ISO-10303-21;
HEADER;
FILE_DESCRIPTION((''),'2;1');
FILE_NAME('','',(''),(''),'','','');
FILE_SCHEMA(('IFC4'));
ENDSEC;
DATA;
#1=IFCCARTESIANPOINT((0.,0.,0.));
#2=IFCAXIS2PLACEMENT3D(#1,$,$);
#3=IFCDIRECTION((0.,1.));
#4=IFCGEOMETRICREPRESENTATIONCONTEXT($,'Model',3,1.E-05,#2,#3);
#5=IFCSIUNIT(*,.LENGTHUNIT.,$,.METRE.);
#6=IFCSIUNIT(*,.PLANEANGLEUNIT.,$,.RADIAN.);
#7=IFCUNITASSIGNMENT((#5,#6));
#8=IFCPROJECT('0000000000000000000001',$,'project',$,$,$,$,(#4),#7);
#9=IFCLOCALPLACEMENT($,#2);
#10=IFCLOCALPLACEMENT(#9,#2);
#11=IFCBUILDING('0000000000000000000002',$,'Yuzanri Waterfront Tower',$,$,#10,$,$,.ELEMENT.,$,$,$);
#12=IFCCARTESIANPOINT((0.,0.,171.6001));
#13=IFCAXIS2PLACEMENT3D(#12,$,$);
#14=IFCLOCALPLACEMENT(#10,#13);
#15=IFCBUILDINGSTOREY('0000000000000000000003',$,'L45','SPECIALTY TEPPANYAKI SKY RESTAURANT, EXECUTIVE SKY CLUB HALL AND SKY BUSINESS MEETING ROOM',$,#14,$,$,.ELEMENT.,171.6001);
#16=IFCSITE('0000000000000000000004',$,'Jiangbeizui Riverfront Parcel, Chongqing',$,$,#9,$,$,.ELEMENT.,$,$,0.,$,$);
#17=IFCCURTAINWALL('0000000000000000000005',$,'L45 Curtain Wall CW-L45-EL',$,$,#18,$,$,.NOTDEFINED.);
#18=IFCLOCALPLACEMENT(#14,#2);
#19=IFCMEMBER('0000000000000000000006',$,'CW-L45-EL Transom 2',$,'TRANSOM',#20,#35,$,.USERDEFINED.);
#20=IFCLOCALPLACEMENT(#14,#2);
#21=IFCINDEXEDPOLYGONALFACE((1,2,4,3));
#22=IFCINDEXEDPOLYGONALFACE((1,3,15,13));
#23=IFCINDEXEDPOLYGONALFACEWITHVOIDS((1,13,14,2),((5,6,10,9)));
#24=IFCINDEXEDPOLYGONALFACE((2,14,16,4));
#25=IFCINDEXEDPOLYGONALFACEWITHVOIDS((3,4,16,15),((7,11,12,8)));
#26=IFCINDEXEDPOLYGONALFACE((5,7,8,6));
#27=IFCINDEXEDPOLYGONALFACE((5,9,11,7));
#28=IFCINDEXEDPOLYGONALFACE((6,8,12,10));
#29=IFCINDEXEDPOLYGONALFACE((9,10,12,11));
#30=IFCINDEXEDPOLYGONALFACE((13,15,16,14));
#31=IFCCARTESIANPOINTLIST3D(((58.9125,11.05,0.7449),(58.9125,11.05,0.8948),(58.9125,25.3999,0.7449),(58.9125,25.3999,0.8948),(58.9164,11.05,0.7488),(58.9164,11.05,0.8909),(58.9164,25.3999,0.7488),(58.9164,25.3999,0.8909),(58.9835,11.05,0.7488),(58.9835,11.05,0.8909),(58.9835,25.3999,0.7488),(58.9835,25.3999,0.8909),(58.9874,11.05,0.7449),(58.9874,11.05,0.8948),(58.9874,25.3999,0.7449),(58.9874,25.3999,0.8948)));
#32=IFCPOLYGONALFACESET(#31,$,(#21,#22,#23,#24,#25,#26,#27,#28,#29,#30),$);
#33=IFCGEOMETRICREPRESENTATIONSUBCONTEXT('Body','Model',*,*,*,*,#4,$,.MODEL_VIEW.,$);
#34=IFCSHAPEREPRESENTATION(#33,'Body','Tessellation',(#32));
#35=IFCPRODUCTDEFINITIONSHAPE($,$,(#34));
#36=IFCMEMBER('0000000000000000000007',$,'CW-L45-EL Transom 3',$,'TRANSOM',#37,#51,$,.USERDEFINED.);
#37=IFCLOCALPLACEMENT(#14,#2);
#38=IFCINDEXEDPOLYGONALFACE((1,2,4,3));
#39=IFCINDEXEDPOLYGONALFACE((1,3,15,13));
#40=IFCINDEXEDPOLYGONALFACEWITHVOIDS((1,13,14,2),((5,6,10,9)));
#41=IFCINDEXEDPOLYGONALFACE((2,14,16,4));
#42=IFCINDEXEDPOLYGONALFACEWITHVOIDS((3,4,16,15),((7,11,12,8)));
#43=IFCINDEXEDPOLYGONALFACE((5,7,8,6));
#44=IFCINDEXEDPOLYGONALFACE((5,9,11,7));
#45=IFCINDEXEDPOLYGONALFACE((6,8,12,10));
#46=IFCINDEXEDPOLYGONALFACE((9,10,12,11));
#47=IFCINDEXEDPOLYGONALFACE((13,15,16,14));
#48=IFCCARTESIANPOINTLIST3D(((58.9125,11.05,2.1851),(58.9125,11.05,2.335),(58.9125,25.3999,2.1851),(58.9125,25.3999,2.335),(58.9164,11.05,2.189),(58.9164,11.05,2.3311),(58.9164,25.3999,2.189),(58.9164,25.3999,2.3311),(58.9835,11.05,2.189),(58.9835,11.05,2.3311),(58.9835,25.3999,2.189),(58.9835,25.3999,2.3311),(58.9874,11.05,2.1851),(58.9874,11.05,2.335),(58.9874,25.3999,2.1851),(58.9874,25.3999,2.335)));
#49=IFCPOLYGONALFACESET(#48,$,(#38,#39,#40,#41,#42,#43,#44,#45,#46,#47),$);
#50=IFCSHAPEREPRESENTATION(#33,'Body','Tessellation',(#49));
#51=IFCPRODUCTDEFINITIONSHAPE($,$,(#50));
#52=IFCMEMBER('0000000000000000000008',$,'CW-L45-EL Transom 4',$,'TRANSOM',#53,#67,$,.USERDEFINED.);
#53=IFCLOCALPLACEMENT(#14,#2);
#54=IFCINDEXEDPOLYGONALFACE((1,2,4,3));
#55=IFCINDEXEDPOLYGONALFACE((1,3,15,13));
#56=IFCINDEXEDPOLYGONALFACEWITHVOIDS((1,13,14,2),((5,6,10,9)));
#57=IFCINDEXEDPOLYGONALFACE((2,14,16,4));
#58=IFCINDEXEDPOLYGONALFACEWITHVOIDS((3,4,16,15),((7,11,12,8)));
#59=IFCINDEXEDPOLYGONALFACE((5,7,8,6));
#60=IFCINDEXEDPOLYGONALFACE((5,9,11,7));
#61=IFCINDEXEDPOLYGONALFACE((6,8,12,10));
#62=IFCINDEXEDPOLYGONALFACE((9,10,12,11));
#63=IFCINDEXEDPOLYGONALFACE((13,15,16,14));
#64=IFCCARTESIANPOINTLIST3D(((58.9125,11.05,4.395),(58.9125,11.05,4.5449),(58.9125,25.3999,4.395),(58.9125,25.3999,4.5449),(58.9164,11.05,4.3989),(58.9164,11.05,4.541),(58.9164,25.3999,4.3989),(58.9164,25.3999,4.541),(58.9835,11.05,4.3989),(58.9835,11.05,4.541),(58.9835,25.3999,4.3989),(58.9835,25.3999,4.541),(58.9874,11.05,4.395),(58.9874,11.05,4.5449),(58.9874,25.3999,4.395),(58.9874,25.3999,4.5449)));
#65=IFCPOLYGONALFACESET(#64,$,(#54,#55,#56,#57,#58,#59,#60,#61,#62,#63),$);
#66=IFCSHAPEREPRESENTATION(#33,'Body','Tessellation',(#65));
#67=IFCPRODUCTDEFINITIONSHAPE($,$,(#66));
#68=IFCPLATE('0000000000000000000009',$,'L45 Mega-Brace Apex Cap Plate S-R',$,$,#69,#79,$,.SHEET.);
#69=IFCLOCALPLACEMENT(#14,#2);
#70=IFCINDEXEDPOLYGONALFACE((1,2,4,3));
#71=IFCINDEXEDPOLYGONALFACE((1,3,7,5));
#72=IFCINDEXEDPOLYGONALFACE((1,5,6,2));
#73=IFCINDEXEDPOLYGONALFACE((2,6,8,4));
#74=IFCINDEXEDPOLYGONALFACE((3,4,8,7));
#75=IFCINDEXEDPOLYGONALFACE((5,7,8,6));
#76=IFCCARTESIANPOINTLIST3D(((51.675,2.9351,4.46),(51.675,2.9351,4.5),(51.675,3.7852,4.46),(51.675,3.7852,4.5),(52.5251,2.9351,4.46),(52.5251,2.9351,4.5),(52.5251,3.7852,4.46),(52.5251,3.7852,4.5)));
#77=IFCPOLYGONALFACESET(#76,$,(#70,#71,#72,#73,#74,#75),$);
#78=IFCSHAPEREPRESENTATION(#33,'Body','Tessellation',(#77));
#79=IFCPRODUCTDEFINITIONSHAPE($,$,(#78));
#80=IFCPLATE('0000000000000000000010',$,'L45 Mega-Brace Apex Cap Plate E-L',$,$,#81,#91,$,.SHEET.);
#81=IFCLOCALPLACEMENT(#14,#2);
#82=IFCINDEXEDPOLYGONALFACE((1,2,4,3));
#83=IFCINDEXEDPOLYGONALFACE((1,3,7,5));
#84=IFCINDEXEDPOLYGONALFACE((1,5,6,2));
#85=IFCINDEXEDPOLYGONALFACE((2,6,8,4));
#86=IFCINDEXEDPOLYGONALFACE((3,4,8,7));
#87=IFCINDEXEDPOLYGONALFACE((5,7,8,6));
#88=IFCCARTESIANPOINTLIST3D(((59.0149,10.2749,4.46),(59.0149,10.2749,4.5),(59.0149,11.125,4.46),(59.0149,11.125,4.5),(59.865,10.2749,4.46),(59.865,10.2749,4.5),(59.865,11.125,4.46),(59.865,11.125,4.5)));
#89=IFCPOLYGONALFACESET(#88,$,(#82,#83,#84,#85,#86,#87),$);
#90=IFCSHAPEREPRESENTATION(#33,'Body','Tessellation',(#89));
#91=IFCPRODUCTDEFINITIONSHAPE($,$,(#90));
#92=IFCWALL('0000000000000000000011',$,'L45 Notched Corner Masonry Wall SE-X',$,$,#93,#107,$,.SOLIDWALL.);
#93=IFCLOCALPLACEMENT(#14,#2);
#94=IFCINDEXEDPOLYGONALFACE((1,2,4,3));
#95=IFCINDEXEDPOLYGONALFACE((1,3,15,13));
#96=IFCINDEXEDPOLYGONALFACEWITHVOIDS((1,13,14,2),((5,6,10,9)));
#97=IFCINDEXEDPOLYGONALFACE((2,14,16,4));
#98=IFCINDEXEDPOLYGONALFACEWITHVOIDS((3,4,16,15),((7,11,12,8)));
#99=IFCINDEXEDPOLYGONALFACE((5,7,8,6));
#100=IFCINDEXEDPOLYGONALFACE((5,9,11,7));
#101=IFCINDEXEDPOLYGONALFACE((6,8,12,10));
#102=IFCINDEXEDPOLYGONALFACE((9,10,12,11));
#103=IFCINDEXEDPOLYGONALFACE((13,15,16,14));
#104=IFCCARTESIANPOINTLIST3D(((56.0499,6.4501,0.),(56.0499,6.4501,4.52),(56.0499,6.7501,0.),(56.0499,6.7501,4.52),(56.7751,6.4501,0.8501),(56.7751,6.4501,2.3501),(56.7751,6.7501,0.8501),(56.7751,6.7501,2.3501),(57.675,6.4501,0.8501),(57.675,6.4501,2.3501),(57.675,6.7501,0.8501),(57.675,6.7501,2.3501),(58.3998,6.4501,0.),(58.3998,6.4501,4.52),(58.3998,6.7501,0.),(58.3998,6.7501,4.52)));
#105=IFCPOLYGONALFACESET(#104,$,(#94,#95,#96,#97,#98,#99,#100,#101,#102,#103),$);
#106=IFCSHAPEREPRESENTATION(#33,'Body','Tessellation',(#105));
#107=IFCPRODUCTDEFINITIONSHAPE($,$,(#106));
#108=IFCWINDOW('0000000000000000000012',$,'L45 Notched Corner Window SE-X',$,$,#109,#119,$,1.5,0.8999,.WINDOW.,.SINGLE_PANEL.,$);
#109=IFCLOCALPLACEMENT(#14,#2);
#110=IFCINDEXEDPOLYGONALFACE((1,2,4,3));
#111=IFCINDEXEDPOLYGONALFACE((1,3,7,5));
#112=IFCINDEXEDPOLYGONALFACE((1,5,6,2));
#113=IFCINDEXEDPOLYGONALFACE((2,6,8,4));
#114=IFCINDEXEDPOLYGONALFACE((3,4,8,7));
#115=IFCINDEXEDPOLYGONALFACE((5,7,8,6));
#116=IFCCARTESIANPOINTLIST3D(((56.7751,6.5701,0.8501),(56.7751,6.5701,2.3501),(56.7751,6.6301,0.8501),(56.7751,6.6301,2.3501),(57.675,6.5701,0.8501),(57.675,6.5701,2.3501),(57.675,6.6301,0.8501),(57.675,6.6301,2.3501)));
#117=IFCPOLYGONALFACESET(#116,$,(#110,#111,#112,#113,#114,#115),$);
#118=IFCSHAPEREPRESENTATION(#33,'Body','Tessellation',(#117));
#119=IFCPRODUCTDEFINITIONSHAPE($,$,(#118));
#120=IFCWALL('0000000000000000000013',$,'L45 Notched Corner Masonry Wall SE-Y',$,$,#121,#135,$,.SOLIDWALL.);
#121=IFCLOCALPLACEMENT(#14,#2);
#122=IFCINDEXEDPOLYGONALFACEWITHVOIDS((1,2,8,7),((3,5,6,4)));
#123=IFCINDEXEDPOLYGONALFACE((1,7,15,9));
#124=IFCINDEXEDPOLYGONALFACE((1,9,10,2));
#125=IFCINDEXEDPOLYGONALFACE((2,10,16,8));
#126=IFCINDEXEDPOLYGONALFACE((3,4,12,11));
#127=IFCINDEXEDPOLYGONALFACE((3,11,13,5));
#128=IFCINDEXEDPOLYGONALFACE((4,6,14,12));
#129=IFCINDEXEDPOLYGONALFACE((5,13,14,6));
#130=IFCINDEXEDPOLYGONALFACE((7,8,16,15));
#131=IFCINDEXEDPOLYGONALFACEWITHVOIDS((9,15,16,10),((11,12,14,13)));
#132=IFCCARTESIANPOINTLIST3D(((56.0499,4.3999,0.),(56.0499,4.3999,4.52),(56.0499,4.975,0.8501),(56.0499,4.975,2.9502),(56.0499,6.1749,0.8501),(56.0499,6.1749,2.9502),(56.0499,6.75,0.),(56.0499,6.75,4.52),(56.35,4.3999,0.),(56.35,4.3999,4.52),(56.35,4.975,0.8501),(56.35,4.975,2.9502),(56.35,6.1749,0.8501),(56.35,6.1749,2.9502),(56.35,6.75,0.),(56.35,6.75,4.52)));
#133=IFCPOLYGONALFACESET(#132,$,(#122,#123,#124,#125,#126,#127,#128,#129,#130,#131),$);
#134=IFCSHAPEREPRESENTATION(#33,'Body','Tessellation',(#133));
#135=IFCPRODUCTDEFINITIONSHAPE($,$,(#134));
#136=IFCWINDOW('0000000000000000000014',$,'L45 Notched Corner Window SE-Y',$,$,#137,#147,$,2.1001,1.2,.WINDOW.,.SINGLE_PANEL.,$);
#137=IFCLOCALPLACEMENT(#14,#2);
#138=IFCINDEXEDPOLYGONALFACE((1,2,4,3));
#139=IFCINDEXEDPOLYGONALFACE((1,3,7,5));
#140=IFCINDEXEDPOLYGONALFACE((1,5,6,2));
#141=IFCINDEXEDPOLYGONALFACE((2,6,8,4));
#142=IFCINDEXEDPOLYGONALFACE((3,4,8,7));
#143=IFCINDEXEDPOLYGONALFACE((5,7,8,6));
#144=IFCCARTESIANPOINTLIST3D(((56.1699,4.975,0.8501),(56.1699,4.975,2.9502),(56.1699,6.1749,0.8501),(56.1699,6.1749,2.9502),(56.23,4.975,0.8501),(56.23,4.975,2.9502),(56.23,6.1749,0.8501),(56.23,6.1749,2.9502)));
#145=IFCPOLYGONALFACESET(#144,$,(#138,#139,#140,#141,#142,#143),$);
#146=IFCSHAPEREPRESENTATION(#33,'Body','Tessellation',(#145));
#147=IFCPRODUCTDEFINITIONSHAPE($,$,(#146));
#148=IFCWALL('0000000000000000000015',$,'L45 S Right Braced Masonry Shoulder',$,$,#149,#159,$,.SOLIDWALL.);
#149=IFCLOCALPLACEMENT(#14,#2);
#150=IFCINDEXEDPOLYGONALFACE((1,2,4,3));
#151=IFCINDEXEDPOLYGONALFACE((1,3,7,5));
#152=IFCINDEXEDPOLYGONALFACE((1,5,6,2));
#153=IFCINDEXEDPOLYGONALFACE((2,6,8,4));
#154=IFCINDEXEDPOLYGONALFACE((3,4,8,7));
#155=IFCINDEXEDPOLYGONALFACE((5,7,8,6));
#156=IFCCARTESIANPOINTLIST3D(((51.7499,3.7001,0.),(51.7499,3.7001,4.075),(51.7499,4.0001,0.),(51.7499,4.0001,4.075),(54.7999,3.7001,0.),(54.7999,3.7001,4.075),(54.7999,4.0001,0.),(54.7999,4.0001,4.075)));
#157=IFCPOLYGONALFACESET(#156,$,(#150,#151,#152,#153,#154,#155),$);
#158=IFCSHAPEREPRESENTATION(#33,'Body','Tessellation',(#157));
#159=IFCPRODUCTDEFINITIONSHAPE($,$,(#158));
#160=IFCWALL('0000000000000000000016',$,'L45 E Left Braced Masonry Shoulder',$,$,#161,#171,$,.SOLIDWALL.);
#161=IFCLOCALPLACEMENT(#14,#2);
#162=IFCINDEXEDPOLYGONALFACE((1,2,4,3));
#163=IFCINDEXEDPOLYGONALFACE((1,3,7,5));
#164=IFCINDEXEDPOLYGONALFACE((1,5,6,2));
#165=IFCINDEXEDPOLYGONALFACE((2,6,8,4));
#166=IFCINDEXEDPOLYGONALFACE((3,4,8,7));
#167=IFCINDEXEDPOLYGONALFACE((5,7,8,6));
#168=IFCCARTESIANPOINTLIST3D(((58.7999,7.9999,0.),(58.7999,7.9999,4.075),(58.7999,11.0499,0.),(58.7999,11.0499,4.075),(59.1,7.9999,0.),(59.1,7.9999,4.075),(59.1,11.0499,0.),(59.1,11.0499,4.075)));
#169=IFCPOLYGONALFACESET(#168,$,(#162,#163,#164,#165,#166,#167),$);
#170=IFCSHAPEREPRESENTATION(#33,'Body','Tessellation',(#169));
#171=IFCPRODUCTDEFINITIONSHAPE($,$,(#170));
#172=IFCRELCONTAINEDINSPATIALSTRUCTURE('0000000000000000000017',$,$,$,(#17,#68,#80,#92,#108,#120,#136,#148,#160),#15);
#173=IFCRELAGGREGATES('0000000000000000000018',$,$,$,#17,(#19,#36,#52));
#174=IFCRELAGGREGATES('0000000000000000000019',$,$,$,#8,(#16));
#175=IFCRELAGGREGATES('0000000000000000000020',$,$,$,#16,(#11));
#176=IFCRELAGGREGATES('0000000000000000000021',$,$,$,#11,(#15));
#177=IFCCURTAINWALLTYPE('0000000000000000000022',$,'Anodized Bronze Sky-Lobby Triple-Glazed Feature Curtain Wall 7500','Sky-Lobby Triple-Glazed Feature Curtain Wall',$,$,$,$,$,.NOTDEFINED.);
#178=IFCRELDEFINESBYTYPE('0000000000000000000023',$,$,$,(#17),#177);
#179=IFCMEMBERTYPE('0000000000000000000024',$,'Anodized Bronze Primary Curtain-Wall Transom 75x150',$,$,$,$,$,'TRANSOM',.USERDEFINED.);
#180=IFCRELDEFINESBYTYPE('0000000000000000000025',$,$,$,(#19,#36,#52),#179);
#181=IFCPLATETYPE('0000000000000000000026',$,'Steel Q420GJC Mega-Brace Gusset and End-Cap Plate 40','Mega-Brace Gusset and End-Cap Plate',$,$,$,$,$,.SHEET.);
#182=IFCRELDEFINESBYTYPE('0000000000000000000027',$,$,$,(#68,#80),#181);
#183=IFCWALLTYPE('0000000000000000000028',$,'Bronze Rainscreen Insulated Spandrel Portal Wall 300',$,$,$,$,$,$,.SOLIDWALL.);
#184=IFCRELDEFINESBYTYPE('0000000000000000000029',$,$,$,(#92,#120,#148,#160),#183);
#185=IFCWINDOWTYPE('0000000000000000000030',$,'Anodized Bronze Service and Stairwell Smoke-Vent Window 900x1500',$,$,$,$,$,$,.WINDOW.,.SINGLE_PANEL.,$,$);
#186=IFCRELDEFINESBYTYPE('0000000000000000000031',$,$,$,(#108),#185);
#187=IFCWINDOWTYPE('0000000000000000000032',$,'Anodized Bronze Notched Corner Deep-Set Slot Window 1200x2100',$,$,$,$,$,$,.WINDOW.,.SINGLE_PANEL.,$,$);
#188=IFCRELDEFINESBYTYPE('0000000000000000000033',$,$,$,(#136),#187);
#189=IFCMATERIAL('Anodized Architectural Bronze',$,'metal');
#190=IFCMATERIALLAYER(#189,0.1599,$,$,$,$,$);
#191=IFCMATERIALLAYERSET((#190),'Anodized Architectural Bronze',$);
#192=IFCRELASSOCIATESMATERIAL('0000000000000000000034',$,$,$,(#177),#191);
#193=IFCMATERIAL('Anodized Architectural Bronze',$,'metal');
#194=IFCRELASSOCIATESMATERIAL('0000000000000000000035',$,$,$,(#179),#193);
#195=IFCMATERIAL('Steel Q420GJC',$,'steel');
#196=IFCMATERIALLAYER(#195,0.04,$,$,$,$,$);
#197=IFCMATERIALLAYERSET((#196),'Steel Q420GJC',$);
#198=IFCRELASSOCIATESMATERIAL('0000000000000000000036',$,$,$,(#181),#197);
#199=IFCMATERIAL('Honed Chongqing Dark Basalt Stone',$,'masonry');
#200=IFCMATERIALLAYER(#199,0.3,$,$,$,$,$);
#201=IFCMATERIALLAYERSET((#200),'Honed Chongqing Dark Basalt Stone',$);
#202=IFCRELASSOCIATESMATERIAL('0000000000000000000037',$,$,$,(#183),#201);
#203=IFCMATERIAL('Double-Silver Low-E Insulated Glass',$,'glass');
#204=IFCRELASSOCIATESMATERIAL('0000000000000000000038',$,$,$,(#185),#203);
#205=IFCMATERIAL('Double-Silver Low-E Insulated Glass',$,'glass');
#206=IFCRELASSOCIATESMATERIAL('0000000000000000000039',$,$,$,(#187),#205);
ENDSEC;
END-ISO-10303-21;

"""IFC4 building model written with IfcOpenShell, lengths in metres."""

from ifc_helpers import new_model, si_unit, direction, frame, frame_2d, origin, origin_2d, place, context, subcontext, project, spatial, rectangle, hollow_rectangle, extrude, source, transform, mapped, material, layer, layer_set, material_profile, profile_set, type_object, element, fill, aggregate, save


model = new_model("IFC4")

# Units and contexts
model_context = context("Model", 3, precision=1e-05, world=origin(), true_north=direction((0.0, 1.0)))
body_context = subcontext(model_context, "Body", "Model", "MODEL_VIEW")
ifc_project = project(units=[si_unit("LENGTHUNIT", "METRE"), si_unit("PLANEANGLEUNIT", "RADIAN")], contexts=[model_context])

# Site, building, storey
site_placement = place(None, origin())
site = spatial("IfcSite", under=ifc_project, at=site_placement, Name="Jiangbeizui Riverfront Parcel, Chongqing", CompositionType="ELEMENT", RefElevation=0.0)
building_placement = place(site_placement, origin())
building = spatial("IfcBuilding", under=site, at=building_placement, Name="Yuzanri Waterfront Tower", CompositionType="ELEMENT")
storey_placement = place(building_placement, frame((0.0, 0.0, 171.6001)))
storey = spatial("IfcBuildingStorey", under=building, at=storey_placement, Name="L45", Description="SPECIALTY TEPPANYAKI SKY RESTAURANT, EXECUTIVE SKY CLUB HALL AND SKY BUSINESS MEETING ROOM", CompositionType="ELEMENT", Elevation=171.6001)

# Curtain wall
ifc_material_1 = material(Name="Anodized Architectural Bronze", Category="metal")
ifc_layer_1 = layer(ifc_material_1, 0.1599)
ifc_layer_set_1 = layer_set([ifc_layer_1], Name="Anodized Architectural Bronze")
curtain_wall_type = type_object("IfcCurtainWallType", Name="Anodized Bronze Sky-Lobby Triple-Glazed Feature Curtain Wall 7500", Description="Sky-Lobby Triple-Glazed Feature Curtain Wall", PredefinedType="NOTDEFINED", material=ifc_layer_set_1)
curtain_wall_1_placement = place(storey_placement, origin())
curtain_wall_1 = element("IfcCurtainWall", 1, at=curtain_wall_1_placement, inside=storey, type_object=curtain_wall_type, Name="L45 Curtain Wall CW-L45-EL", PredefinedType="NOTDEFINED")

# Members
ifc_material_2 = material(Name="Anodized Architectural Bronze", Category="metal")
ifc_material_profile_1 = material_profile(ifc_material_2, hollow_rectangle(XDim=0.075, YDim=0.1499, WallThickness=0.0039, at=origin_2d()), Name="CWT 75x150")
ifc_profile_set_1 = profile_set([ifc_material_profile_1], Name="Anodized Architectural Bronze")
member_type_1 = type_object("IfcMemberType", Name="Anodized Bronze Primary Curtain-Wall Transom 75x150", ElementType="TRANSOM", PredefinedType="USERDEFINED", material=ifc_profile_set_1)
shared_shape_1 = source(origin(), body_context, "Body", "SweptSolid", [
    extrude(hollow_rectangle(XDim=0.075, YDim=0.1499, WallThickness=0.0039, at=origin_2d()), origin(), (0.0, 0.0, 1.0), 14.3499),
])
member_1_placement = place(storey_placement, frame((58.95, 11.05, 0.8198), z_axis=(0.0, 1.0, 0.0), x_axis=(-1.0, 0.0, 0.0)))
member_1 = element("IfcMember", 2, at=member_1_placement, type_object=member_type_1, Name="CW-L45-EL Transom 2", ObjectType="TRANSOM", PredefinedType="USERDEFINED", context=body_context, shape_type="MappedRepresentation", body=[
    mapped(shared_shape_1, transform((0.0, 0.0, 0.0), scale=1.0)),
])
member_2_placement = place(storey_placement, frame((58.95, 11.05, 2.26), z_axis=(0.0, 1.0, 0.0), x_axis=(-1.0, 0.0, 0.0)))
member_2 = element("IfcMember", 3, at=member_2_placement, type_object=member_type_1, Name="CW-L45-EL Transom 3", ObjectType="TRANSOM", PredefinedType="USERDEFINED", context=body_context, shape_type="MappedRepresentation", body=[
    mapped(shared_shape_1, transform((0.0, 0.0, 0.0), scale=1.0)),
])
member_3_placement = place(storey_placement, frame((58.95, 11.05, 4.47), z_axis=(0.0, 1.0, 0.0), x_axis=(-1.0, 0.0, 0.0)))
member_3 = element("IfcMember", 4, at=member_3_placement, type_object=member_type_1, Name="CW-L45-EL Transom 4", ObjectType="TRANSOM", PredefinedType="USERDEFINED", context=body_context, shape_type="MappedRepresentation", body=[
    mapped(shared_shape_1, transform((0.0, 0.0, 0.0), scale=1.0)),
])
aggregate(curtain_wall_1, [member_1, member_2, member_3])

# Plates
ifc_material_3 = material(Name="Steel Q420GJC", Category="steel")
ifc_layer_2 = layer(ifc_material_3, 0.04)
ifc_layer_set_2 = layer_set([ifc_layer_2], Name="Steel Q420GJC")
plate_type = type_object("IfcPlateType", Name="Steel Q420GJC Mega-Brace Gusset and End-Cap Plate 40", Description="Mega-Brace Gusset and End-Cap Plate", PredefinedType="SHEET", material=ifc_layer_set_2)
shared_shape_2 = source(origin(), body_context, "Body", "SweptSolid", [
    extrude(rectangle(XDim=0.8501, YDim=0.8501, at=origin_2d()), origin(), (0.0, 0.0, 1.0), 0.04),
])
for number, where, z_axis, x_axis, name in (
    (5, (52.1001, 3.3601, 4.46), (0.0, 0.0, 1.0), (1.0, 0.0, 0.0), "L45 Mega-Brace Apex Cap Plate S-R"),
    (6, (59.4399, 10.7, 4.46), (0.0, 0.0, 1.0), (1.0, 0.0, 0.0), "L45 Mega-Brace Apex Cap Plate E-L"),
):
    element("IfcPlate", number, at=place(storey_placement, frame(where, z_axis=z_axis, x_axis=x_axis)), inside=storey, type_object=plate_type, Name=name, PredefinedType="SHEET", context=body_context, shape_type="MappedRepresentation", body=[
        mapped(shared_shape_2, transform((0.0, 0.0, 0.0), scale=1.0)),
    ])

# Walls, openings, windows
ifc_material_4 = material(Name="Honed Chongqing Dark Basalt Stone", Category="masonry")
ifc_layer_3 = layer(ifc_material_4, 0.3)
ifc_layer_set_3 = layer_set([ifc_layer_3], Name="Honed Chongqing Dark Basalt Stone")
wall_type = type_object("IfcWallType", Name="Bronze Rainscreen Insulated Spandrel Portal Wall 300", PredefinedType="SOLIDWALL", material=ifc_layer_set_3)
wall_1_placement = place(storey_placement, frame((56.05, 6.6001, 0.0), z_axis=(0.0, 0.0, 1.0), x_axis=(1.0, 0.0, 0.0)))
wall_1 = element("IfcWall", 7, at=wall_1_placement, inside=storey, type_object=wall_type, Name="L45 Notched Corner Masonry Wall SE-X", PredefinedType="SOLIDWALL", context=body_context, shape_type="SweptSolid", body=[
    extrude(rectangle(XDim=2.3499, YDim=0.3, at=frame_2d((1.1748, 0.0))), origin(), (0.0, 0.0, 1.0), 4.52),
])
opening_1_placement = place(wall_1_placement, frame((0.7251, 0.0, 0.8501)))
opening_1 = element("IfcOpeningElement", 8, at=opening_1_placement, cuts=wall_1, PredefinedType="OPENING", context=body_context, shape_type="SweptSolid", body=[
    extrude(rectangle(XDim=0.8999, YDim=1.5, at=frame_2d((0.45, 0.75))), frame((0.0, 0.165, 0.0), z_axis=(0.0, -1.0, 0.0), x_axis=(1.0, 0.0, 0.0)), (0.0, 0.0, 1.0), 0.3298),
])
ifc_material_5 = material(Name="Double-Silver Low-E Insulated Glass", Category="glass")
window_type_1 = type_object("IfcWindowType", Name="Anodized Bronze Service and Stairwell Smoke-Vent Window 900x1500", PartitioningType="SINGLE_PANEL", PredefinedType="WINDOW", material=ifc_material_5)
shared_shape_3 = source(origin(), body_context, "Body", "SweptSolid", [
    extrude(rectangle(XDim=0.8999, YDim=1.5, at=frame_2d((0.45, 0.75))), frame((0.0, 0.03, 0.0), z_axis=(0.0, -1.0, 0.0), x_axis=(1.0, 0.0, 0.0)), (0.0, 0.0, 1.0), 0.0601),
])
window_1_placement = place(opening_1_placement, origin())
window_1 = element("IfcWindow", 9, at=window_1_placement, inside=storey, type_object=window_type_1, Name="L45 Notched Corner Window SE-X", OverallHeight=1.5, OverallWidth=0.8999, PartitioningType="SINGLE_PANEL", PredefinedType="WINDOW", context=body_context, shape_type="MappedRepresentation", body=[
    mapped(shared_shape_3, transform((0.0, 0.0, 0.0), scale=1.0)),
])
fill(opening_1, window_1)
wall_2_placement = place(storey_placement, frame((56.2, 4.3999, 0.0), z_axis=(0.0, 0.0, 1.0), x_axis=(0.0, 1.0, 0.0)))
wall_2 = element("IfcWall", 10, at=wall_2_placement, inside=storey, type_object=wall_type, Name="L45 Notched Corner Masonry Wall SE-Y", PredefinedType="SOLIDWALL", context=body_context, shape_type="SweptSolid", body=[
    extrude(rectangle(XDim=2.3501, YDim=0.3, at=frame_2d((1.175, 0.0))), origin(), (0.0, 0.0, 1.0), 4.52),
])
opening_2_placement = place(wall_2_placement, frame((0.575, 0.0, 0.8501)))
opening_2 = element("IfcOpeningElement", 11, at=opening_2_placement, cuts=wall_2, PredefinedType="OPENING", context=body_context, shape_type="SweptSolid", body=[
    extrude(rectangle(XDim=1.2, YDim=2.1001, at=frame_2d((0.6001, 1.05))), frame((0.0, 0.165, 0.0), z_axis=(0.0, -1.0, 0.0), x_axis=(1.0, 0.0, 0.0)), (0.0, 0.0, 1.0), 0.3298),
])
ifc_material_6 = material(Name="Double-Silver Low-E Insulated Glass", Category="glass")
window_type_2 = type_object("IfcWindowType", Name="Anodized Bronze Notched Corner Deep-Set Slot Window 1200x2100", PartitioningType="SINGLE_PANEL", PredefinedType="WINDOW", material=ifc_material_6)
shared_shape_4 = source(origin(), body_context, "Body", "SweptSolid", [
    extrude(rectangle(XDim=1.2, YDim=2.1001, at=frame_2d((0.6001, 1.05))), frame((0.0, 0.03, 0.0), z_axis=(0.0, -1.0, 0.0), x_axis=(1.0, 0.0, 0.0)), (0.0, 0.0, 1.0), 0.0601),
])
window_2_placement = place(opening_2_placement, origin())
window_2 = element("IfcWindow", 12, at=window_2_placement, inside=storey, type_object=window_type_2, Name="L45 Notched Corner Window SE-Y", OverallHeight=2.1001, OverallWidth=1.2, PartitioningType="SINGLE_PANEL", PredefinedType="WINDOW", context=body_context, shape_type="MappedRepresentation", body=[
    mapped(shared_shape_4, transform((0.0, 0.0, 0.0), scale=1.0)),
])
fill(opening_2, window_2)

# Walls
shared_shape_5 = source(origin(), body_context, "Body", "SweptSolid", [
    extrude(rectangle(XDim=3.05, YDim=0.3, at=frame_2d((1.5249, 0.0))), origin(), (0.0, 0.0, 1.0), 4.075),
])
for number, where, z_axis, x_axis, name in (
    (13, (51.75, 3.8501, 0.0), (0.0, 0.0, 1.0), (1.0, 0.0, 0.0), "L45 S Right Braced Masonry Shoulder"),
    (14, (58.95, 8.0, 0.0), (0.0, 0.0, 1.0), (0.0, 1.0, 0.0), "L45 E Left Braced Masonry Shoulder"),
):
    element("IfcWall", number, at=place(storey_placement, frame(where, z_axis=z_axis, x_axis=x_axis)), inside=storey, type_object=wall_type, Name=name, PredefinedType="SOLIDWALL", context=body_context, shape_type="MappedRepresentation", body=[
        mapped(shared_shape_5, transform((0.0, 0.0, 0.0), scale=1.0)),
    ])

save(model, "model.ifc")
